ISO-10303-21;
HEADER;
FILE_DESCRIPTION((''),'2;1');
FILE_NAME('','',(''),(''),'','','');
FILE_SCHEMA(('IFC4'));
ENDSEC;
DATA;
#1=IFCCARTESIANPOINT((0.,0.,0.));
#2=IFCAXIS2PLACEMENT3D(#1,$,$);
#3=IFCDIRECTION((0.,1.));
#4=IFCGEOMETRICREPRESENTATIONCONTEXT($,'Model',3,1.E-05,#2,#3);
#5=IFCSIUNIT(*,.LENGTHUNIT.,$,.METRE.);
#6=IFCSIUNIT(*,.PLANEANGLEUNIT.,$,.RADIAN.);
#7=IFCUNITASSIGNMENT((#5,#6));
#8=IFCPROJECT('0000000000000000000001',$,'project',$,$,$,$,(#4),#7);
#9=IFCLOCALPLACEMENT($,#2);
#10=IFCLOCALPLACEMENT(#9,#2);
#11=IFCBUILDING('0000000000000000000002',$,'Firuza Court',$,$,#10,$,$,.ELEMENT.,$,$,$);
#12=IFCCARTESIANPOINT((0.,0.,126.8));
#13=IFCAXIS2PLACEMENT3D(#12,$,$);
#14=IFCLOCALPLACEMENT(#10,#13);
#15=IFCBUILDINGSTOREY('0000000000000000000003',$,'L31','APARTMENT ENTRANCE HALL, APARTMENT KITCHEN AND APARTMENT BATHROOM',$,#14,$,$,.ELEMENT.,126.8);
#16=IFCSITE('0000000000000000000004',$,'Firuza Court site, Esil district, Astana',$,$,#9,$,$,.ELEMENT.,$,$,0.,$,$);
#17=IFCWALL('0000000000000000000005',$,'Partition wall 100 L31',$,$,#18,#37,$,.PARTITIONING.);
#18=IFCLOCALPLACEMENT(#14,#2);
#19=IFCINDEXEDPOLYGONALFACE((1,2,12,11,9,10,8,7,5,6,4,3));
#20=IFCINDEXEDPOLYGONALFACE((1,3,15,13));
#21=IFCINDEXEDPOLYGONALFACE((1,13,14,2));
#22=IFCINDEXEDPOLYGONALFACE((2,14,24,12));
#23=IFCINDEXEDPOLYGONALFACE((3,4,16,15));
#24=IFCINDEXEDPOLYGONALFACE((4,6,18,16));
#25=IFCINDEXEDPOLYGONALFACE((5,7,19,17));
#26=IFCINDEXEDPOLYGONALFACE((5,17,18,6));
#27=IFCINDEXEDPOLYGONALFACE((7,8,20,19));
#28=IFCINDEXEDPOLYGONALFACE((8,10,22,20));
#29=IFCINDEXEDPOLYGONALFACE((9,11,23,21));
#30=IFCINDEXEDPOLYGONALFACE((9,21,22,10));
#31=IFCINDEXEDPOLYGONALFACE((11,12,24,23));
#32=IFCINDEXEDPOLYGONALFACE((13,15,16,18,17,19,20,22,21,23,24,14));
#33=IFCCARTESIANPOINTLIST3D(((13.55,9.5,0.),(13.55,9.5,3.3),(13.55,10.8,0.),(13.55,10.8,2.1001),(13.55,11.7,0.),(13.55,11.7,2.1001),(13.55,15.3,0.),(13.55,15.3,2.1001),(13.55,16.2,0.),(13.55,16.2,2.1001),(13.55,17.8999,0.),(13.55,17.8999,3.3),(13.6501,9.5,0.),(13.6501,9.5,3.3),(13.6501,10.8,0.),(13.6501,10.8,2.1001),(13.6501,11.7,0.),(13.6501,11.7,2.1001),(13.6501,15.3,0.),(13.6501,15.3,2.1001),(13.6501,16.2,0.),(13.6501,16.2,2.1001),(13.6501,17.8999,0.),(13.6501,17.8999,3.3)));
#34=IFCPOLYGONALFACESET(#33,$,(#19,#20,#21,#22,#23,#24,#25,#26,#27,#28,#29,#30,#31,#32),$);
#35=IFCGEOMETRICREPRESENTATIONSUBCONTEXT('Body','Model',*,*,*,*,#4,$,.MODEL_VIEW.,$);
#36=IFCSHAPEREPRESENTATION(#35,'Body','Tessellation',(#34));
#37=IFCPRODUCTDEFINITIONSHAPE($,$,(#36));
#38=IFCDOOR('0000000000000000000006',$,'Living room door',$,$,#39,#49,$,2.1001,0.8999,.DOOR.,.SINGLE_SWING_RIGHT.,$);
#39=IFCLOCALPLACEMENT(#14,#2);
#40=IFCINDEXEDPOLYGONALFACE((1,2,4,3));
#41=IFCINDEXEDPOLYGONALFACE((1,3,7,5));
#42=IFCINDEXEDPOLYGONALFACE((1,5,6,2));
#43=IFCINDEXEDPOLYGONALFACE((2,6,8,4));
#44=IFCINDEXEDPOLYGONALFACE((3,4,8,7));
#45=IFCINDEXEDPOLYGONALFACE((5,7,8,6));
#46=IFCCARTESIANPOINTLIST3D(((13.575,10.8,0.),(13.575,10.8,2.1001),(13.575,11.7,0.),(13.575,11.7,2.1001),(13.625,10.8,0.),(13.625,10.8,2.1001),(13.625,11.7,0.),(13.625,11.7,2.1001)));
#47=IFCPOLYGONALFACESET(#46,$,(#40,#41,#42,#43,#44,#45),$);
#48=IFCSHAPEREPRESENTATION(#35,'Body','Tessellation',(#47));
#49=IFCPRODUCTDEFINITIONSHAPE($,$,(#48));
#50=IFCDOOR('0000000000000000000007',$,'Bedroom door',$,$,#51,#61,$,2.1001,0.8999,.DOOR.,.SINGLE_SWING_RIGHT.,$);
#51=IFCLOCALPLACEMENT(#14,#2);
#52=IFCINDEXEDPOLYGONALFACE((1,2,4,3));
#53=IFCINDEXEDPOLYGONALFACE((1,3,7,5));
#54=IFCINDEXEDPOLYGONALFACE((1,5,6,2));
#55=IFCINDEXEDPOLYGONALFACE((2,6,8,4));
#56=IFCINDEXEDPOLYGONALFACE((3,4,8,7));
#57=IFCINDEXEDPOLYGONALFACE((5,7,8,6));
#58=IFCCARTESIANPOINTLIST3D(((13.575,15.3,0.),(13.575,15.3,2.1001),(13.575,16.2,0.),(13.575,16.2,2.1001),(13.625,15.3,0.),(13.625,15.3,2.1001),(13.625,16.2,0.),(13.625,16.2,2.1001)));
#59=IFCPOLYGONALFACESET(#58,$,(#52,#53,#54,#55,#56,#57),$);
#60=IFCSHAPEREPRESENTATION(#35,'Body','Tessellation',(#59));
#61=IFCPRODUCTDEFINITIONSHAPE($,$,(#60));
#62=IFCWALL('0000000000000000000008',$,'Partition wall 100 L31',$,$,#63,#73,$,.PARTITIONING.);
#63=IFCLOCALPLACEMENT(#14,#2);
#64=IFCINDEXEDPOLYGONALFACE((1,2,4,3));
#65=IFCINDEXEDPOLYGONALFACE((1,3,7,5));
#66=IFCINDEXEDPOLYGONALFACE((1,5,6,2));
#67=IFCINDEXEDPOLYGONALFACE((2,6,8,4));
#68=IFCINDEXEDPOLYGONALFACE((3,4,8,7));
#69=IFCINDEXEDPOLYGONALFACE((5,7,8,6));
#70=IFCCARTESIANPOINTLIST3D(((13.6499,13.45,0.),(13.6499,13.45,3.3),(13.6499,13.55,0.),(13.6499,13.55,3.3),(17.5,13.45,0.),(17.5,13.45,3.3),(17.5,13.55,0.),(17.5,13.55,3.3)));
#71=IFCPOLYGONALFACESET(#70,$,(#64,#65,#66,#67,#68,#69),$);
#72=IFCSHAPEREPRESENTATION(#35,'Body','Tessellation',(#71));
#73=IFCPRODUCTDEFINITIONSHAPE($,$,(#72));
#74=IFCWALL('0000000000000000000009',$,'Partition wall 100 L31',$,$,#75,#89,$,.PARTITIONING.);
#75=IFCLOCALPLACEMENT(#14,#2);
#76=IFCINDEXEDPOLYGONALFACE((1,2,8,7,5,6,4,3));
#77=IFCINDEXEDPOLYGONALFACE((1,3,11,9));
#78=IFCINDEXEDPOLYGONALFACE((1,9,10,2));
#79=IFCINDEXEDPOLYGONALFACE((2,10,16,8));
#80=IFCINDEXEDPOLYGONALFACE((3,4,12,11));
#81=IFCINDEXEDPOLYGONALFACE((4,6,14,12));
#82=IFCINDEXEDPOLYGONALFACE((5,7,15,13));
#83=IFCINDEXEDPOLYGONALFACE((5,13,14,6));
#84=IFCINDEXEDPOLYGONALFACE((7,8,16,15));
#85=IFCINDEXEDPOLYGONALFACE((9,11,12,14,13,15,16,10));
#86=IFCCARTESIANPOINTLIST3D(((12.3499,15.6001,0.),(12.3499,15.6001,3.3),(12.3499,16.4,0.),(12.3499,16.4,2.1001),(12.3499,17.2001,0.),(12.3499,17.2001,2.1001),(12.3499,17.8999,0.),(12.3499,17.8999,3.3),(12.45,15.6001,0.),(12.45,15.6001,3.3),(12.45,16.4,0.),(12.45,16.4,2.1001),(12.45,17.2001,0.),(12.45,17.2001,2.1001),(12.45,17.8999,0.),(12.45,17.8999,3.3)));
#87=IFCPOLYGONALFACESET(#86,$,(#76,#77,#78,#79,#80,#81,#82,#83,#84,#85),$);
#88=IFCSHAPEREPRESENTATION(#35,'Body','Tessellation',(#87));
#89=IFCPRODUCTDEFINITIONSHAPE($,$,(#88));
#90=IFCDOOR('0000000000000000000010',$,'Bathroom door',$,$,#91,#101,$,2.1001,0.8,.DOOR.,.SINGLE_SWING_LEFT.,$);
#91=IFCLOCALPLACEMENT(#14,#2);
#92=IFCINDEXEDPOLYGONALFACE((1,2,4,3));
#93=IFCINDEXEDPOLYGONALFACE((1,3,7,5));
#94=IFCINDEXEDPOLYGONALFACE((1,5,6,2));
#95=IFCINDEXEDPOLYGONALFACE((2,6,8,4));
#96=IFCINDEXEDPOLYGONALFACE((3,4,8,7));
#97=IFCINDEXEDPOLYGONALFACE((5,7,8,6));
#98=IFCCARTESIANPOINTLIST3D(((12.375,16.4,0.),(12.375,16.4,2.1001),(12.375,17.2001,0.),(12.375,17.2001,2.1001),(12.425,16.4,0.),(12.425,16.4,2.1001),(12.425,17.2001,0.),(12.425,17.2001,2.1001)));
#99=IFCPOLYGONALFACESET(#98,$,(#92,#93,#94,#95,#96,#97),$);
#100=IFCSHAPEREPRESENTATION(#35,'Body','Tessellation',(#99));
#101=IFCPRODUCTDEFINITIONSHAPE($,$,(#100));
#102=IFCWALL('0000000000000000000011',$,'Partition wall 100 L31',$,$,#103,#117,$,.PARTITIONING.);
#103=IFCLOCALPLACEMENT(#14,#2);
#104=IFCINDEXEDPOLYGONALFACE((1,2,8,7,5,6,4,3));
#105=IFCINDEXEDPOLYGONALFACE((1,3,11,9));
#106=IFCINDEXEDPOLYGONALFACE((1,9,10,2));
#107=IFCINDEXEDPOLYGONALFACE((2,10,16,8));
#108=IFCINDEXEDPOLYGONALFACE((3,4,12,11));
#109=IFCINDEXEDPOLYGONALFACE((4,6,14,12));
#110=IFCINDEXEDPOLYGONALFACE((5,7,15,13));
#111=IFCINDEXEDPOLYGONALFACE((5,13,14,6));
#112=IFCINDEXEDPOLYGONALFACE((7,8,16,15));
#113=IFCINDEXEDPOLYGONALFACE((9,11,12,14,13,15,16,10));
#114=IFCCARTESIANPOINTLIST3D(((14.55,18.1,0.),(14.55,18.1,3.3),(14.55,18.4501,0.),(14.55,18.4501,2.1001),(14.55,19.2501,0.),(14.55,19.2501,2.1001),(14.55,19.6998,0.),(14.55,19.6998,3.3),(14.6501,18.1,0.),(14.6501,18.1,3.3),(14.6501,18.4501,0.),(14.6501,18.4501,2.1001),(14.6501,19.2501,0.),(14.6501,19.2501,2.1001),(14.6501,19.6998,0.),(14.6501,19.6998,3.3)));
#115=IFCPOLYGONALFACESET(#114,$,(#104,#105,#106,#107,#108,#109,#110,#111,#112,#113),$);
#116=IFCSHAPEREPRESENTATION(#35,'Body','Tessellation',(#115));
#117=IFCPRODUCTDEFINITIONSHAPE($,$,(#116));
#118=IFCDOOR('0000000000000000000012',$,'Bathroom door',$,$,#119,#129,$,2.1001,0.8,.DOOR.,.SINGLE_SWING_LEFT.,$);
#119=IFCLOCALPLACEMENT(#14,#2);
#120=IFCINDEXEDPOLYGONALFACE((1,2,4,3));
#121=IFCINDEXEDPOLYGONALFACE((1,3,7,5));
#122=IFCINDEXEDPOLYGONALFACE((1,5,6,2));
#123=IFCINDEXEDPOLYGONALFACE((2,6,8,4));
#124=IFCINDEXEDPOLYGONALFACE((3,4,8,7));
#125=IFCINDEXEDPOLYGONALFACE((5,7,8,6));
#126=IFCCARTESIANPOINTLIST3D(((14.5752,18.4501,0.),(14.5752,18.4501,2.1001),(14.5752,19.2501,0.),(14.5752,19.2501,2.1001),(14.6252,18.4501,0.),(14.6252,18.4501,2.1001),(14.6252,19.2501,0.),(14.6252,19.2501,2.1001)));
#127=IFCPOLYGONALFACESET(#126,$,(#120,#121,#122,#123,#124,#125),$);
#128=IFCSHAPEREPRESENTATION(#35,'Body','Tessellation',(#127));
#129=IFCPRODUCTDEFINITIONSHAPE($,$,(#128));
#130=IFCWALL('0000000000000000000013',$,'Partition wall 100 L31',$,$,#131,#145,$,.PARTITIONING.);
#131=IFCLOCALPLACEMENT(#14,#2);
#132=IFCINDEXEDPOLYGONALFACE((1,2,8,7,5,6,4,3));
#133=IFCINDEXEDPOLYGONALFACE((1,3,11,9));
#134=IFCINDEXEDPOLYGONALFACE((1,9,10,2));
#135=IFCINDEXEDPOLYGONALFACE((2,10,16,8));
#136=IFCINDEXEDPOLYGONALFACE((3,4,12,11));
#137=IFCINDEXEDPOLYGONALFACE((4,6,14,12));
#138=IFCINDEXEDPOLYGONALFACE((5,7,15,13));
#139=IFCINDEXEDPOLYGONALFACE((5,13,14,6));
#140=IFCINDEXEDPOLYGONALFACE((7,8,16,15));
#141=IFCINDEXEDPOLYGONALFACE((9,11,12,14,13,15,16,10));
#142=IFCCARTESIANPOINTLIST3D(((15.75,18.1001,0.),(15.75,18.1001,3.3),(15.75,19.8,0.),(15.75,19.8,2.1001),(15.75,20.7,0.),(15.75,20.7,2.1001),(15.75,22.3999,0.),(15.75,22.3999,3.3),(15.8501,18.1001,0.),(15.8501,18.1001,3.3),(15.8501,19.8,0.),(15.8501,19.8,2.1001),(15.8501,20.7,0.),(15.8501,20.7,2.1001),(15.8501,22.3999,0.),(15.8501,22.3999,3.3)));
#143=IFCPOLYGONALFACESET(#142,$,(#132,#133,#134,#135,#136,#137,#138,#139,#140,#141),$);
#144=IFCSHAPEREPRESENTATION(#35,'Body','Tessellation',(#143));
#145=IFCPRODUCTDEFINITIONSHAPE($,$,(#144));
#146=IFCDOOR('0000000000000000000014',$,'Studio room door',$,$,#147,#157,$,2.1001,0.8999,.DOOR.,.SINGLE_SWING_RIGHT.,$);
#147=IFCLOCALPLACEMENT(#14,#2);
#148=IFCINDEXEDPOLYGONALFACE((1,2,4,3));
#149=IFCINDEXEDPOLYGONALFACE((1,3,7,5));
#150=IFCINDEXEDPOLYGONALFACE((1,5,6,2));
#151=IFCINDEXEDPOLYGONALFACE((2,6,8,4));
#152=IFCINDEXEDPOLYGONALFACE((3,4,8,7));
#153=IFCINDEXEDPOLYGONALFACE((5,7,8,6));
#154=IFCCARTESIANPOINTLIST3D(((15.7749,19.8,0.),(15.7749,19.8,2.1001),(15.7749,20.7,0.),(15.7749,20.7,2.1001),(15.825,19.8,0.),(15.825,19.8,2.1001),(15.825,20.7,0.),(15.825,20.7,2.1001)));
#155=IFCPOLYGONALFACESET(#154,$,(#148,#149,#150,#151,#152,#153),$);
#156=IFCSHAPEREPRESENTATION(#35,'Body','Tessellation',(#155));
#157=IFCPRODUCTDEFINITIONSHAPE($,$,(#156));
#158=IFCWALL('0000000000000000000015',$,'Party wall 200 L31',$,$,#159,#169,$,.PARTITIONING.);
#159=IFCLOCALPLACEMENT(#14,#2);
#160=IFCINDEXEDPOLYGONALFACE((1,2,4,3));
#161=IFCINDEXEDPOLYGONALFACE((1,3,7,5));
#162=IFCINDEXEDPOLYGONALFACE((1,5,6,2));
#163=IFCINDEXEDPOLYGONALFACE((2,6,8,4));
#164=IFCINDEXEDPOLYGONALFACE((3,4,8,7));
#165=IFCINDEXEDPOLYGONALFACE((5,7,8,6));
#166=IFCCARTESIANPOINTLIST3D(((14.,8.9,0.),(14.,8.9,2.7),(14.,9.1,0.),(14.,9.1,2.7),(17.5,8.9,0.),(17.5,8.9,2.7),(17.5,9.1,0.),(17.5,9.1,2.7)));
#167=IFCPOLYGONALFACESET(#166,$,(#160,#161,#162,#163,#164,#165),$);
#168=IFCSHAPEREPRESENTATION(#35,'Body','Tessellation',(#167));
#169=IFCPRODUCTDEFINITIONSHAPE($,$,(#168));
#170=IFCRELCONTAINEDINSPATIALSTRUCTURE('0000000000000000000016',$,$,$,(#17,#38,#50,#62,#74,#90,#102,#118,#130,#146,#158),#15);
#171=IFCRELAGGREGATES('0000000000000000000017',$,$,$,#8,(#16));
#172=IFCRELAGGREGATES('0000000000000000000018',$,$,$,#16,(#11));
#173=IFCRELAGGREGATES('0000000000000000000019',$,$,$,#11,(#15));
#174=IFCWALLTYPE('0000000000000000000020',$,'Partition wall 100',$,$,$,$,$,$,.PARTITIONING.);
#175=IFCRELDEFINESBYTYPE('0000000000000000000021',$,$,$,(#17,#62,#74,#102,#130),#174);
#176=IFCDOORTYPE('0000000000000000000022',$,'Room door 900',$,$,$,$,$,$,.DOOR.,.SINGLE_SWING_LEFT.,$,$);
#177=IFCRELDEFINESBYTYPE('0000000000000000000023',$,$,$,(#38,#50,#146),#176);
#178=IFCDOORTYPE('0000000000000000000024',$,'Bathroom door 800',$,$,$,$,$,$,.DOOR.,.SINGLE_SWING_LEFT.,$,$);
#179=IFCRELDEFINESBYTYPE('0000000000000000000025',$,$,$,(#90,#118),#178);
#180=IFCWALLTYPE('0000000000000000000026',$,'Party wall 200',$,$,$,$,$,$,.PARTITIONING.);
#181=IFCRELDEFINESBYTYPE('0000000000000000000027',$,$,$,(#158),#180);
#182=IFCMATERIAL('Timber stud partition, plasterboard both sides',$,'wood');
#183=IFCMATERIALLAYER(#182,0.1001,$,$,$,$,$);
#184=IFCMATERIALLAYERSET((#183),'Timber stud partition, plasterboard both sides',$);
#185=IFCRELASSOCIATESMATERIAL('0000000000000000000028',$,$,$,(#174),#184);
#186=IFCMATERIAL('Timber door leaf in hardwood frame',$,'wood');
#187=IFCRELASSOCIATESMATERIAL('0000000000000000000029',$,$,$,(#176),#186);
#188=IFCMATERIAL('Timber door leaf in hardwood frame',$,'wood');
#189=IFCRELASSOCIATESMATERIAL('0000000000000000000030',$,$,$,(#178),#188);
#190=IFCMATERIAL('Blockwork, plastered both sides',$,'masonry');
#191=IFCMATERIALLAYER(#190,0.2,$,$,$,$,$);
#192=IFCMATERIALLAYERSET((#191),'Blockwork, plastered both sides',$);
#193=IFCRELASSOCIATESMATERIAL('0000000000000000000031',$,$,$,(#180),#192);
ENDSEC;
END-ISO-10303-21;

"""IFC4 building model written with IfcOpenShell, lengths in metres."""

from ifc_helpers import new_model, si_unit, direction, frame, frame_2d, origin, place, context, subcontext, project, spatial, rectangle, extrude, material, layer, layer_set, type_object, element, fill, save


model = new_model("IFC4")

# Units and contexts
model_context = context("Model", 3, precision=1e-05, world=origin(), true_north=direction((0.0, 1.0)))
body_context = subcontext(model_context, "Body", "Model", "MODEL_VIEW")
ifc_project = project(units=[si_unit("LENGTHUNIT", "METRE"), si_unit("PLANEANGLEUNIT", "RADIAN")], contexts=[model_context])

# Site, building, storey
site_placement = place(None, origin())
site = spatial("IfcSite", under=ifc_project, at=site_placement, Name="Firuza Court site, Esil district, Astana", CompositionType="ELEMENT", RefElevation=0.0)
building_placement = place(site_placement, origin())
building = spatial("IfcBuilding", under=site, at=building_placement, Name="Firuza Court", CompositionType="ELEMENT")
storey_placement = place(building_placement, frame((0.0, 0.0, 126.8)))
storey = spatial("IfcBuildingStorey", under=building, at=storey_placement, Name="L31", Description="APARTMENT ENTRANCE HALL, APARTMENT KITCHEN AND APARTMENT BATHROOM", CompositionType="ELEMENT", Elevation=126.8)

# Shared definitions
ifc_material_1 = material(Name="Timber stud partition, plasterboard both sides", Category="wood")
ifc_layer_1 = layer(ifc_material_1, 0.1001)
ifc_layer_set_1 = layer_set([ifc_layer_1], Name="Timber stud partition, plasterboard both sides")
wall_type_1 = type_object("IfcWallType", Name="Partition wall 100", PredefinedType="PARTITIONING", material=ifc_layer_set_1)
ifc_material_2 = material(Name="Timber door leaf in hardwood frame", Category="wood")
door_type_1 = type_object("IfcDoorType", Name="Room door 900", OperationType="SINGLE_SWING_LEFT", PredefinedType="DOOR", material=ifc_material_2)

# Wall, openings, doors
wall_1_placement = place(storey_placement, frame((13.6001, 9.5, 0.0), z_axis=(0.0, 0.0, 1.0), x_axis=(0.0, 1.0, 0.0)))
wall_1 = element("IfcWall", 1, at=wall_1_placement, inside=storey, type_object=wall_type_1, Name="Partition wall 100 L31", PredefinedType="PARTITIONING", context=body_context, shape_type="SweptSolid", body=[
    extrude(rectangle(XDim=8.3999, YDim=0.1001, at=frame_2d((4.2, 0.0))), origin(), (0.0, 0.0, 1.0), 3.3),
])
opening_1_placement = place(wall_1_placement, frame((1.3, 0.0, 0.0)))
opening_1 = element("IfcOpeningElement", 2, at=opening_1_placement, cuts=wall_1, PredefinedType="OPENING", context=body_context, shape_type="SweptSolid", body=[
    extrude(rectangle(XDim=0.8999, YDim=2.1001, at=frame_2d((0.45, 1.05))), frame((0.0, 0.062, 0.0), z_axis=(0.0, -1.0, 0.0), x_axis=(1.0, 0.0, 0.0)), (0.0, 0.0, 1.0), 0.124),
])
opening_2_placement = place(wall_1_placement, frame((5.8, 0.0, 0.0)))
opening_2 = element("IfcOpeningElement", 3, at=opening_2_placement, cuts=wall_1, PredefinedType="OPENING", context=body_context, shape_type="SweptSolid", body=[
    extrude(rectangle(XDim=0.8999, YDim=2.1001, at=frame_2d((0.45, 1.05))), frame((0.0, 0.062, 0.0), z_axis=(0.0, -1.0, 0.0), x_axis=(1.0, 0.0, 0.0)), (0.0, 0.0, 1.0), 0.124),
])
door_1_placement = place(opening_1_placement, frame((0.8999, 0.0, 0.0), z_axis=(0.0, 0.0, 1.0), x_axis=(-1.0, 0.0, 0.0)))
door_1 = element("IfcDoor", 4, at=door_1_placement, inside=storey, type_object=door_type_1, Name="Living room door", OperationType="SINGLE_SWING_RIGHT", OverallHeight=2.1001, OverallWidth=0.8999, PredefinedType="DOOR", context=body_context, shape_type="SweptSolid", body=[
    extrude(rectangle(XDim=0.8999, YDim=2.1001, at=frame_2d((0.45, 1.05))), frame((0.0, 0.0249, 0.0), z_axis=(0.0, -1.0, 0.0), x_axis=(1.0, 0.0, 0.0)), (0.0, 0.0, 1.0), 0.05),
])
fill(opening_1, door_1)
door_2_placement = place(opening_2_placement, frame((0.8999, 0.0, 0.0), z_axis=(0.0, 0.0, 1.0), x_axis=(-1.0, 0.0, 0.0)))
door_2 = element("IfcDoor", 5, at=door_2_placement, inside=storey, type_object=door_type_1, Name="Bedroom door", OperationType="SINGLE_SWING_RIGHT", OverallHeight=2.1001, OverallWidth=0.8999, PredefinedType="DOOR", context=body_context, shape_type="SweptSolid", body=[
    extrude(rectangle(XDim=0.8999, YDim=2.1001, at=frame_2d((0.45, 1.05))), frame((0.0, 0.0249, 0.0), z_axis=(0.0, -1.0, 0.0), x_axis=(1.0, 0.0, 0.0)), (0.0, 0.0, 1.0), 0.05),
])
fill(opening_2, door_2)

# Wall
wall_2_placement = place(storey_placement, frame((13.6499, 13.5, 0.0), z_axis=(0.0, 0.0, 1.0), x_axis=(1.0, 0.0, 0.0)))
element("IfcWall", 6, at=wall_2_placement, inside=storey, type_object=wall_type_1, Name="Partition wall 100 L31", PredefinedType="PARTITIONING", context=body_context, shape_type="SweptSolid", body=[
    extrude(rectangle(XDim=3.8501, YDim=0.1001, at=frame_2d((1.925, 0.0))), origin(), (0.0, 0.0, 1.0), 3.3),
])

# Walls, openings, doors
wall_3_placement = place(storey_placement, frame((12.3999, 15.6001, 0.0), z_axis=(0.0, 0.0, 1.0), x_axis=(0.0, 1.0, 0.0)))
wall_3 = element("IfcWall", 7, at=wall_3_placement, inside=storey, type_object=wall_type_1, Name="Partition wall 100 L31", PredefinedType="PARTITIONING", context=body_context, shape_type="SweptSolid", body=[
    extrude(rectangle(XDim=2.2998, YDim=0.1001, at=frame_2d((1.1499, 0.0))), origin(), (0.0, 0.0, 1.0), 3.3),
])
opening_3_placement = place(wall_3_placement, frame((0.8, 0.0, 0.0)))
opening_3 = element("IfcOpeningElement", 8, at=opening_3_placement, cuts=wall_3, PredefinedType="OPENING", context=body_context, shape_type="SweptSolid", body=[
    extrude(rectangle(XDim=0.8, YDim=2.1001, at=frame_2d((0.3999, 1.05))), frame((0.0, 0.062, 0.0), z_axis=(0.0, -1.0, 0.0), x_axis=(1.0, 0.0, 0.0)), (0.0, 0.0, 1.0), 0.124),
])
ifc_material_3 = material(Name="Timber door leaf in hardwood frame", Category="wood")
door_type_2 = type_object("IfcDoorType", Name="Bathroom door 800", OperationType="SINGLE_SWING_LEFT", PredefinedType="DOOR", material=ifc_material_3)
door_3_placement = place(opening_3_placement, origin())
door_3 = element("IfcDoor", 9, at=door_3_placement, inside=storey, type_object=door_type_2, Name="Bathroom door", OperationType="SINGLE_SWING_LEFT", OverallHeight=2.1001, OverallWidth=0.8, PredefinedType="DOOR", context=body_context, shape_type="SweptSolid", body=[
    extrude(rectangle(XDim=0.8, YDim=2.1001, at=frame_2d((0.3999, 1.05))), frame((0.0, 0.0249, 0.0), z_axis=(0.0, -1.0, 0.0), x_axis=(1.0, 0.0, 0.0)), (0.0, 0.0, 1.0), 0.05),
])
fill(opening_3, door_3)
wall_4_placement = place(storey_placement, frame((14.6001, 18.1001, 0.0), z_axis=(0.0, 0.0, 1.0), x_axis=(0.0, 1.0, 0.0)))
wall_4 = element("IfcWall", 10, at=wall_4_placement, inside=storey, type_object=wall_type_1, Name="Partition wall 100 L31", PredefinedType="PARTITIONING", context=body_context, shape_type="SweptSolid", body=[
    extrude(rectangle(XDim=1.5999, YDim=0.1001, at=frame_2d((0.7998, 0.0))), origin(), (0.0, 0.0, 1.0), 3.3),
])
opening_4_placement = place(wall_4_placement, frame((0.3501, 0.0, 0.0)))
opening_4 = element("IfcOpeningElement", 11, at=opening_4_placement, cuts=wall_4, PredefinedType="OPENING", context=body_context, shape_type="SweptSolid", body=[
    extrude(rectangle(XDim=0.8, YDim=2.1001, at=frame_2d((0.3999, 1.05))), frame((0.0, 0.062, 0.0), z_axis=(0.0, -1.0, 0.0), x_axis=(1.0, 0.0, 0.0)), (0.0, 0.0, 1.0), 0.124),
])
door_4_placement = place(opening_4_placement, origin())
door_4 = element("IfcDoor", 12, at=door_4_placement, inside=storey, type_object=door_type_2, Name="Bathroom door", OperationType="SINGLE_SWING_LEFT", OverallHeight=2.1001, OverallWidth=0.8, PredefinedType="DOOR", context=body_context, shape_type="SweptSolid", body=[
    extrude(rectangle(XDim=0.8, YDim=2.1001, at=frame_2d((0.3999, 1.05))), frame((0.0, 0.0249, 0.0), z_axis=(0.0, -1.0, 0.0), x_axis=(1.0, 0.0, 0.0)), (0.0, 0.0, 1.0), 0.05),
])
fill(opening_4, door_4)
wall_5_placement = place(storey_placement, frame((15.8, 18.1001, 0.0), z_axis=(0.0, 0.0, 1.0), x_axis=(0.0, 1.0, 0.0)))
wall_5 = element("IfcWall", 13, at=wall_5_placement, inside=storey, type_object=wall_type_1, Name="Partition wall 100 L31", PredefinedType="PARTITIONING", context=body_context, shape_type="SweptSolid", body=[
    extrude(rectangle(XDim=4.2998, YDim=0.1001, at=frame_2d((2.1499, 0.0))), origin(), (0.0, 0.0, 1.0), 3.3),
])
opening_5_placement = place(wall_5_placement, frame((1.7, 0.0, 0.0)))
opening_5 = element("IfcOpeningElement", 14, at=opening_5_placement, cuts=wall_5, PredefinedType="OPENING", context=body_context, shape_type="SweptSolid", body=[
    extrude(rectangle(XDim=0.8999, YDim=2.1001, at=frame_2d((0.45, 1.05))), frame((0.0, 0.062, 0.0), z_axis=(0.0, -1.0, 0.0), x_axis=(1.0, 0.0, 0.0)), (0.0, 0.0, 1.0), 0.124),
])
door_5_placement = place(opening_5_placement, frame((0.8999, 0.0, 0.0), z_axis=(0.0, 0.0, 1.0), x_axis=(-1.0, 0.0, 0.0)))
door_5 = element("IfcDoor", 15, at=door_5_placement, inside=storey, type_object=door_type_1, Name="Studio room door", OperationType="SINGLE_SWING_RIGHT", OverallHeight=2.1001, OverallWidth=0.8999, PredefinedType="DOOR", context=body_context, shape_type="SweptSolid", body=[
    extrude(rectangle(XDim=0.8999, YDim=2.1001, at=frame_2d((0.45, 1.05))), frame((0.0, 0.0249, 0.0), z_axis=(0.0, -1.0, 0.0), x_axis=(1.0, 0.0, 0.0)), (0.0, 0.0, 1.0), 0.05),
])
fill(opening_5, door_5)

# Wall
ifc_material_4 = material(Name="Blockwork, plastered both sides", Category="masonry")
ifc_layer_2 = layer(ifc_material_4, 0.2)
ifc_layer_set_2 = layer_set([ifc_layer_2], Name="Blockwork, plastered both sides")
wall_type_2 = type_object("IfcWallType", Name="Party wall 200", PredefinedType="PARTITIONING", material=ifc_layer_set_2)
wall_6_placement = place(storey_placement, frame((14.0, 9.0, 0.0), z_axis=(0.0, 0.0, 1.0), x_axis=(1.0, 0.0, 0.0)))
element("IfcWall", 16, at=wall_6_placement, inside=storey, type_object=wall_type_2, Name="Party wall 200 L31", PredefinedType="PARTITIONING", context=body_context, shape_type="SweptSolid", body=[
    extrude(rectangle(XDim=3.5, YDim=0.2, at=frame_2d((1.75, 0.0))), origin(), (0.0, 0.0, 1.0), 2.7),
])

save(model, "model.ifc")
